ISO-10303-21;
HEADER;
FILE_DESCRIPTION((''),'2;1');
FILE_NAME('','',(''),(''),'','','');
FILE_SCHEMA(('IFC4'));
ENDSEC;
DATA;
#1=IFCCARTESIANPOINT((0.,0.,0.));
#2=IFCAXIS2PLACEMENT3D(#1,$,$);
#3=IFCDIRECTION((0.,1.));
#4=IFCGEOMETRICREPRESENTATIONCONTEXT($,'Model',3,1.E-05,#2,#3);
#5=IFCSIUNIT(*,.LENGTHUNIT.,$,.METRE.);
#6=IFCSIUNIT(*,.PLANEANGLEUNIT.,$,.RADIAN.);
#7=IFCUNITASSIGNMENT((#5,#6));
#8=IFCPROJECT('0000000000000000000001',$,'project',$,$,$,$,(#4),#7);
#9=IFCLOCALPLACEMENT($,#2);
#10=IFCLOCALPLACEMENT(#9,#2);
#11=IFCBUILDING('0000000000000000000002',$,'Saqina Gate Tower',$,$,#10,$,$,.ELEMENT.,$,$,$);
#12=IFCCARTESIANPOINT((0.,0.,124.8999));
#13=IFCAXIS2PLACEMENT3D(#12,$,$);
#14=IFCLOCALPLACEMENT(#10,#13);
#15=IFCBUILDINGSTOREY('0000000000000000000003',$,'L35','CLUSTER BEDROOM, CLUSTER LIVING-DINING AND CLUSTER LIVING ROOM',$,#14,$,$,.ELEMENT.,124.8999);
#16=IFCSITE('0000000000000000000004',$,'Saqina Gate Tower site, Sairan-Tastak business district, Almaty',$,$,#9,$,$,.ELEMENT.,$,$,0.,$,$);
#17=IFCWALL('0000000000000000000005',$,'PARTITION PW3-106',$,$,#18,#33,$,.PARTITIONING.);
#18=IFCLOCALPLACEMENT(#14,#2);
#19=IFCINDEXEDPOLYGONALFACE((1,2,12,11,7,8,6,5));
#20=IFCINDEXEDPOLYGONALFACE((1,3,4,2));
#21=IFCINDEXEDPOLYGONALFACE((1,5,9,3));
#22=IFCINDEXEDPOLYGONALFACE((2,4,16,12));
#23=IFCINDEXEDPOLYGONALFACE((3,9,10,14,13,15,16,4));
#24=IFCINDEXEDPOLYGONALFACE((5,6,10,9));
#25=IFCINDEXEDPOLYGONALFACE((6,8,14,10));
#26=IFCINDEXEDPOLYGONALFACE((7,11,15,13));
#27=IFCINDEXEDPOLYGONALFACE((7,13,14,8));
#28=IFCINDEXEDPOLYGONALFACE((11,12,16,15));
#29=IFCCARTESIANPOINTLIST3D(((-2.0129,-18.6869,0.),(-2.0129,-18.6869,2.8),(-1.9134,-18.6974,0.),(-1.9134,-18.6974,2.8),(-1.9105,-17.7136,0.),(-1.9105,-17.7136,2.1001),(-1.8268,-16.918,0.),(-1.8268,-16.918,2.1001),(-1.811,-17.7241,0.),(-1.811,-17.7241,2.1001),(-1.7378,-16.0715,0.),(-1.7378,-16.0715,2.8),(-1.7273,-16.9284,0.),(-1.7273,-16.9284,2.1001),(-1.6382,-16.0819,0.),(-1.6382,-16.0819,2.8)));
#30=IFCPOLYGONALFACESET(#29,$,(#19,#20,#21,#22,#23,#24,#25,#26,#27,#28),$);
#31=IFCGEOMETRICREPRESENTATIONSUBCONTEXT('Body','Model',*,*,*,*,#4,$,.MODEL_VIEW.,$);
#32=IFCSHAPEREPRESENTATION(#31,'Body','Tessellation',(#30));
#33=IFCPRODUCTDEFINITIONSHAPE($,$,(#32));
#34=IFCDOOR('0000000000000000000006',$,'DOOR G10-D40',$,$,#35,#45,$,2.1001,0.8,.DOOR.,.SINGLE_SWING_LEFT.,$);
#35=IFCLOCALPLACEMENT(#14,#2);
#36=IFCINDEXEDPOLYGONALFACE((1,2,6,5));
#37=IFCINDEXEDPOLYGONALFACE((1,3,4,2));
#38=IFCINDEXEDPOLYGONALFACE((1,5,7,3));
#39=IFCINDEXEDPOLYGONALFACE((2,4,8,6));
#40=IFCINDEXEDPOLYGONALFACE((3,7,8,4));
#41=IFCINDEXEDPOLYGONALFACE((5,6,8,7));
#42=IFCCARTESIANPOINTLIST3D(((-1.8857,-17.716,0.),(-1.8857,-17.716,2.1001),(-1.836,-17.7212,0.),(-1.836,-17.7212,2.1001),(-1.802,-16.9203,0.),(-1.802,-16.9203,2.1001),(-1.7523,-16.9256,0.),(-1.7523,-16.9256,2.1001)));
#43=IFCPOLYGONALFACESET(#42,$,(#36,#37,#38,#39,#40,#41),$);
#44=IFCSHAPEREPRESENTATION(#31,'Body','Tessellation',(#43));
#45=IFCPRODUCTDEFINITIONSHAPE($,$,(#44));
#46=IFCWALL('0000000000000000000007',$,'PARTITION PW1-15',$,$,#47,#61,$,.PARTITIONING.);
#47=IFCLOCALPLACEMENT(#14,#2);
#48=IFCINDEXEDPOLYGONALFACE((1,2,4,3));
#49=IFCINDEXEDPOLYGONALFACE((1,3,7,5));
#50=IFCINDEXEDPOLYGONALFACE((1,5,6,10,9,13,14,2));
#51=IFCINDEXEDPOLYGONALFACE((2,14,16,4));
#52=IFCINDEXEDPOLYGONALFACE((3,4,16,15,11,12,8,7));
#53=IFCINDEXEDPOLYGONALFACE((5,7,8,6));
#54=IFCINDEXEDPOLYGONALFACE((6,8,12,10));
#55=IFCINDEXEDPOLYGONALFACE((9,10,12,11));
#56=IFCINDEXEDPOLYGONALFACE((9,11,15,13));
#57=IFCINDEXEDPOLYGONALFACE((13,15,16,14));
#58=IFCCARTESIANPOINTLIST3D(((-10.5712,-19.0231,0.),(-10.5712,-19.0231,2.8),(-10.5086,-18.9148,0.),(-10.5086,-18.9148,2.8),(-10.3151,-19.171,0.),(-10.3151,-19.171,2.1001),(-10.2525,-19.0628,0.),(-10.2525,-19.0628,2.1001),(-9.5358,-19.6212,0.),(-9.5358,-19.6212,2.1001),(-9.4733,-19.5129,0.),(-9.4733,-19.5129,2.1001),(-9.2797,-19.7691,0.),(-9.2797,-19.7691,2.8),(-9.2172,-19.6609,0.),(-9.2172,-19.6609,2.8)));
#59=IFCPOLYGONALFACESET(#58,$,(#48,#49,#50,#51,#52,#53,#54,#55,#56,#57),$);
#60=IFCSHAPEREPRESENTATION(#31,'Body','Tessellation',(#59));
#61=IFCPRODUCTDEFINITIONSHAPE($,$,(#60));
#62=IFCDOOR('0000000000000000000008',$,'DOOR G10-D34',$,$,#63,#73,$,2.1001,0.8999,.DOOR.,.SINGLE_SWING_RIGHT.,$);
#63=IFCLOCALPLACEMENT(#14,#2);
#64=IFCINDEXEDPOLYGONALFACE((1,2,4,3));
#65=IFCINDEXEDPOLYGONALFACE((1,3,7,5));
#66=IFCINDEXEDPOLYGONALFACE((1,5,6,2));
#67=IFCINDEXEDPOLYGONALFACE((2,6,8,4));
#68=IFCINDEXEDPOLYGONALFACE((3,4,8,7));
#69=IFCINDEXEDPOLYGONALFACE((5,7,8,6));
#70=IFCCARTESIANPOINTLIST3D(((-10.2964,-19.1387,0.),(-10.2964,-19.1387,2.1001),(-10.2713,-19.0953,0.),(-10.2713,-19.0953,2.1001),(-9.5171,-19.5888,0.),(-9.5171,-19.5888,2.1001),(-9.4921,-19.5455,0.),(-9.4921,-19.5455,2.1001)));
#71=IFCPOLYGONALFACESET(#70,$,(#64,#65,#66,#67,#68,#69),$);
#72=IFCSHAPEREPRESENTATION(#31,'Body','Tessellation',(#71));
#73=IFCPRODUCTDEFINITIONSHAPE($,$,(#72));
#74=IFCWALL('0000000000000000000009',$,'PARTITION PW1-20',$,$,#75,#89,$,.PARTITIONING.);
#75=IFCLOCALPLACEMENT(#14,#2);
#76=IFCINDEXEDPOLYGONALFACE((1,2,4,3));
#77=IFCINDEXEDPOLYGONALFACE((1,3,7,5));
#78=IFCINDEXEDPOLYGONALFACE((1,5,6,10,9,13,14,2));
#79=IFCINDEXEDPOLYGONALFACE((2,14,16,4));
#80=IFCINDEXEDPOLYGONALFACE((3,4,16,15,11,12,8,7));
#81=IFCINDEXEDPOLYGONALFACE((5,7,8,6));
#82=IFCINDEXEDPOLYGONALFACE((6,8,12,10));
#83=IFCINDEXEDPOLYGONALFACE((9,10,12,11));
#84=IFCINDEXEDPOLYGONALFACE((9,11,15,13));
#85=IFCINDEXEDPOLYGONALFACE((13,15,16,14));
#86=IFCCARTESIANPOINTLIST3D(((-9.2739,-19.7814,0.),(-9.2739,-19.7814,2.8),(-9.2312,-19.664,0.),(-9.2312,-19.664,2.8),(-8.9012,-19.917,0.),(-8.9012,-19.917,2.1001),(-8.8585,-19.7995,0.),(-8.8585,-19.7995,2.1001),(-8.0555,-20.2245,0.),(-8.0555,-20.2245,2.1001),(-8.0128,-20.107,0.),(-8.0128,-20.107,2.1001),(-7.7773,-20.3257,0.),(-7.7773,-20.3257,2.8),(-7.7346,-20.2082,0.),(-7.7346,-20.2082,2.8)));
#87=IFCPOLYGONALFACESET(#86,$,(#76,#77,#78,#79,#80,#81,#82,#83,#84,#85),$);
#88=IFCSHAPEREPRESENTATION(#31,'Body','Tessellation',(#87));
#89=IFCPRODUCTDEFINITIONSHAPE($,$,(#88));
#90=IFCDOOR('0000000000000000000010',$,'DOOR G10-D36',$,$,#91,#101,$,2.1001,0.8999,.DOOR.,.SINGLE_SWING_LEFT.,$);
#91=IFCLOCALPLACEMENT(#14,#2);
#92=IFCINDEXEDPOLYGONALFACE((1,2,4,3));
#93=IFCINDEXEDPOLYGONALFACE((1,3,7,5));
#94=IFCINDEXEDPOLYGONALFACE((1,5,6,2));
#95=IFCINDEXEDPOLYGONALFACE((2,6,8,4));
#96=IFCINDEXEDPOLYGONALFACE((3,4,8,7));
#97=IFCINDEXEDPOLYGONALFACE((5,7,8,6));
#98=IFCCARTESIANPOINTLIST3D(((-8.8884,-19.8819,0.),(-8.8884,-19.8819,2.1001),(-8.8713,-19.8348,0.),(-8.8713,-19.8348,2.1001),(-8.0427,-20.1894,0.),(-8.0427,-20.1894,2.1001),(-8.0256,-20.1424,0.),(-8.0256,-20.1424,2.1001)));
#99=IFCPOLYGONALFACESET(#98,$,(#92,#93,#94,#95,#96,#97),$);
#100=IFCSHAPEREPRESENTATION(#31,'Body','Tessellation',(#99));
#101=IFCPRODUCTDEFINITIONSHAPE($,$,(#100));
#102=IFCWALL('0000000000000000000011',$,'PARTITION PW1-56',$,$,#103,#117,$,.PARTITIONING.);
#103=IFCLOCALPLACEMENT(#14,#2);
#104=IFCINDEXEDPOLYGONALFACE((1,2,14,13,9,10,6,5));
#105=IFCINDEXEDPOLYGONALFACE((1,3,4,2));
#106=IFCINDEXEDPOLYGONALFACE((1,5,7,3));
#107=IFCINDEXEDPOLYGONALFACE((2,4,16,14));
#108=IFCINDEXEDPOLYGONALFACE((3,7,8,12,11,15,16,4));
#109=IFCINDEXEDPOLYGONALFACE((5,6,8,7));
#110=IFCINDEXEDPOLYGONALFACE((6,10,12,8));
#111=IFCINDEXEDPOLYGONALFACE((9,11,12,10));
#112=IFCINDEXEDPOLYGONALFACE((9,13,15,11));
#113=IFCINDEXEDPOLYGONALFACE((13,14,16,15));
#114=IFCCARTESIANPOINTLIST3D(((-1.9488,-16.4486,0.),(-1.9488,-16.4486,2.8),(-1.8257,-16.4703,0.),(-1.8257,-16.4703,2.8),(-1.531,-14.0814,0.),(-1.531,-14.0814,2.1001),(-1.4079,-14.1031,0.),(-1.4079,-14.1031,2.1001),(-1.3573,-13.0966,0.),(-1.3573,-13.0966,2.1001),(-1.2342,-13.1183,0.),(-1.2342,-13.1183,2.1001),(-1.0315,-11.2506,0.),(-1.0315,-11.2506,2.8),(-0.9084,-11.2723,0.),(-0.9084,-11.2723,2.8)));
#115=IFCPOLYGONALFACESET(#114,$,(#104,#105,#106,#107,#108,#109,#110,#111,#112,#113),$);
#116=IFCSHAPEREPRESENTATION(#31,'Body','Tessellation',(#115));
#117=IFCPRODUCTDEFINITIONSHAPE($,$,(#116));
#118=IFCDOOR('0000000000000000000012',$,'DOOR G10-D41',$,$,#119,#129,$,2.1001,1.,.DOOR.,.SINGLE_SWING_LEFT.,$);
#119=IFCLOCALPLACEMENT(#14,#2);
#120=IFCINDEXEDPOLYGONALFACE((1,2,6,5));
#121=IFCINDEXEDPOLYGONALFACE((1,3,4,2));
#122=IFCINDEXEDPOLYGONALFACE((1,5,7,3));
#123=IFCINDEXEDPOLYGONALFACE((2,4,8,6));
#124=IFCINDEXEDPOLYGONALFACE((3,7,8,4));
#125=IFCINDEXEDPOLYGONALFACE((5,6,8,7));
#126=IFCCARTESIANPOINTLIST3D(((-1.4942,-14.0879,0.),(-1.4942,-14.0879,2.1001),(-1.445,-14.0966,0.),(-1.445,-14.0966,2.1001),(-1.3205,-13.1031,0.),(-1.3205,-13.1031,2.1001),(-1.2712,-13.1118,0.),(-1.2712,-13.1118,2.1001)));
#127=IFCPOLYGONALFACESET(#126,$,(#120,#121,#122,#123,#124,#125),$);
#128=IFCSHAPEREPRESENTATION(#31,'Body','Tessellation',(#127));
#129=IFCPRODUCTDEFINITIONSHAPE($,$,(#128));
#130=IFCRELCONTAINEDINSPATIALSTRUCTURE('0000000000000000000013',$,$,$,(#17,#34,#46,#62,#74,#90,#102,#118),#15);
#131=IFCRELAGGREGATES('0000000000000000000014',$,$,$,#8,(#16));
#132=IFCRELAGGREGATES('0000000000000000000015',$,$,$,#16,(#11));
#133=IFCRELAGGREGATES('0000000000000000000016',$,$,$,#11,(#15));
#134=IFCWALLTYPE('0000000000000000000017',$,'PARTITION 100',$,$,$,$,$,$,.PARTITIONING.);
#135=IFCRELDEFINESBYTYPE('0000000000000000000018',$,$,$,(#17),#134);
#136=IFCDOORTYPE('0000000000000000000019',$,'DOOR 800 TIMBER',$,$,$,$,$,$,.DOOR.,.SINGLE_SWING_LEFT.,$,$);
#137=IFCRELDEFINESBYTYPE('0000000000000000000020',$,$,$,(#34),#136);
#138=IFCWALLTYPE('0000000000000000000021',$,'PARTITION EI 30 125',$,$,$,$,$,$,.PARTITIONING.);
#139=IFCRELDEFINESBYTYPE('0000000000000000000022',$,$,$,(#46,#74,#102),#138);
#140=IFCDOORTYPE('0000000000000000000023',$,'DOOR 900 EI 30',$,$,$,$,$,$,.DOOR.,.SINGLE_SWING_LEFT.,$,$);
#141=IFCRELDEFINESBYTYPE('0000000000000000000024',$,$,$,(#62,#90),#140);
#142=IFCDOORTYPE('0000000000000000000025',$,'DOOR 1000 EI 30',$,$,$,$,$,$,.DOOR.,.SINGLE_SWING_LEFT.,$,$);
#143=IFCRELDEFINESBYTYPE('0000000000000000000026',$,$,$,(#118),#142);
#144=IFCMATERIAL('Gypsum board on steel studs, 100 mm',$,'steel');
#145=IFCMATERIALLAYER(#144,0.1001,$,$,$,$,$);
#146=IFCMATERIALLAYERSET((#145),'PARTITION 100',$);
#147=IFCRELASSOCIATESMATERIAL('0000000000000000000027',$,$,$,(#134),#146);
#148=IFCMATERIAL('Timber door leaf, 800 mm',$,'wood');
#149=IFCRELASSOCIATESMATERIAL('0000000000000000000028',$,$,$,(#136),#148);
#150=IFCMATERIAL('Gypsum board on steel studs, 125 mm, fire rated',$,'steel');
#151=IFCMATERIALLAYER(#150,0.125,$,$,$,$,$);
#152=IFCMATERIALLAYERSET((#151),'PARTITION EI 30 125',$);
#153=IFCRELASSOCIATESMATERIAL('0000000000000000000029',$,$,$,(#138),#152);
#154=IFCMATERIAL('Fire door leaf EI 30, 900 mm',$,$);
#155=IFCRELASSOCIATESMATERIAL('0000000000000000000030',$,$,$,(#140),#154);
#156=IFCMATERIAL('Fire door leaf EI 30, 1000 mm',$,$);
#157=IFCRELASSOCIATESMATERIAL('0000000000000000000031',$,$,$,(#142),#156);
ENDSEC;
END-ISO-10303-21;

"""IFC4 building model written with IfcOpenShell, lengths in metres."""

from ifc_helpers import new_model, si_unit, direction, frame, frame_2d, origin, place, context, subcontext, project, spatial, rectangle, extrude, material, layer, layer_set, type_object, element, fill, save


model = new_model("IFC4")

# Units and contexts
model_context = context("Model", 3, precision=1e-05, world=origin(), true_north=direction((0.0, 1.0)))
body_context = subcontext(model_context, "Body", "Model", "MODEL_VIEW")
ifc_project = project(units=[si_unit("LENGTHUNIT", "METRE"), si_unit("PLANEANGLEUNIT", "RADIAN")], contexts=[model_context])

# Site, building, storey
site_placement = place(None, origin())
site = spatial("IfcSite", under=ifc_project, at=site_placement, Name="Saqina Gate Tower site, Sairan-Tastak business district, Almaty", CompositionType="ELEMENT", RefElevation=0.0)
building_placement = place(site_placement, origin())
building = spatial("IfcBuilding", under=site, at=building_placement, Name="Saqina Gate Tower", CompositionType="ELEMENT")
storey_placement = place(building_placement, frame((0.0, 0.0, 124.8999)))
storey = spatial("IfcBuildingStorey", under=building, at=storey_placement, Name="L35", Description="CLUSTER BEDROOM, CLUSTER LIVING-DINING AND CLUSTER LIVING ROOM", CompositionType="ELEMENT", Elevation=124.8999)

# Shared definitions
ifc_material_1 = material(Name="Gypsum board on steel studs, 100 mm", Category="steel")
ifc_layer_1 = layer(ifc_material_1, 0.1001)
ifc_layer_set_1 = layer_set([ifc_layer_1], Name="PARTITION 100")
wall_type_1 = type_object("IfcWallType", Name="PARTITION 100", PredefinedType="PARTITIONING", material=ifc_layer_set_1)

# Walls, openings, doors
wall_1_placement = place(storey_placement, frame((-1.9631, -18.6921, 0.0), z_axis=(0.0, 0.0, 1.0), x_axis=(0.104622, 0.994512, 0.0)))
wall_1 = element("IfcWall", 1, at=wall_1_placement, inside=storey, type_object=wall_type_1, Name="PARTITION PW3-106", PredefinedType="PARTITIONING", context=body_context, shape_type="SweptSolid", body=[
    extrude(rectangle(XDim=2.6299, YDim=0.1001, at=frame_2d((1.3149, 0.0))), origin(), (0.0, 0.0, 1.0), 2.8),
])
opening_1_placement = place(wall_1_placement, frame((0.9788, 0.0, 0.0)))
opening_1 = element("IfcOpeningElement", 2, at=opening_1_placement, cuts=wall_1, PredefinedType="OPENING", context=body_context, shape_type="SweptSolid", body=[
    extrude(rectangle(XDim=0.8, YDim=2.1001, at=frame_2d((0.3999, 1.05))), frame((0.0, 0.062, 0.0), z_axis=(0.0, -1.0, 0.0), x_axis=(1.0, 0.0, 0.0)), (0.0, 0.0, 1.0), 0.124),
])
ifc_material_2 = material(Name="Timber door leaf, 800 mm", Category="wood")
door_type_1 = type_object("IfcDoorType", Name="DOOR 800 TIMBER", OperationType="SINGLE_SWING_LEFT", PredefinedType="DOOR", material=ifc_material_2)
door_1_placement = place(opening_1_placement, frame((0.8, 0.0, 0.0), z_axis=(0.0, 0.0, 1.0), x_axis=(-1.0, 0.0, 0.0)))
door_1 = element("IfcDoor", 3, at=door_1_placement, inside=storey, type_object=door_type_1, Name="DOOR G10-D40", OperationType="SINGLE_SWING_LEFT", OverallHeight=2.1001, OverallWidth=0.8, PredefinedType="DOOR", context=body_context, shape_type="SweptSolid", body=[
    extrude(rectangle(XDim=0.8, YDim=2.1001, at=frame_2d((0.3999, 1.05))), frame((0.0, 0.0249, 0.0), z_axis=(0.0, -1.0, 0.0), x_axis=(1.0, 0.0, 0.0)), (0.0, 0.0, 1.0), 0.05),
])
fill(opening_1, door_1)
ifc_material_3 = material(Name="Gypsum board on steel studs, 125 mm, fire rated", Category="steel")
ifc_layer_2 = layer(ifc_material_3, 0.125)
ifc_layer_set_2 = layer_set([ifc_layer_2], Name="PARTITION EI 30 125")
wall_type_2 = type_object("IfcWallType", Name="PARTITION EI 30 125", PredefinedType="PARTITIONING", material=ifc_layer_set_2)
wall_2_placement = place(storey_placement, frame((-10.5398, -18.969, 0.0), z_axis=(0.0, 0.0, 1.0), x_axis=(0.865897, -0.500223, 0.0)))
wall_2 = element("IfcWall", 4, at=wall_2_placement, inside=storey, type_object=wall_type_2, Name="PARTITION PW1-15", PredefinedType="PARTITIONING", context=body_context, shape_type="SweptSolid", body=[
    extrude(rectangle(XDim=1.4915, YDim=0.125, at=frame_2d((0.7456, 0.0))), origin(), (0.0, 0.0, 1.0), 2.8),
])
opening_2_placement = place(wall_2_placement, frame((0.2957, 0.0, 0.0)))
opening_2 = element("IfcOpeningElement", 5, at=opening_2_placement, cuts=wall_2, PredefinedType="OPENING", context=body_context, shape_type="SweptSolid", body=[
    extrude(rectangle(XDim=0.8999, YDim=2.1001, at=frame_2d((0.45, 1.05))), frame((0.0, 0.0745, 0.0), z_axis=(0.0, -1.0, 0.0), x_axis=(1.0, 0.0, 0.0)), (0.0, 0.0, 1.0), 0.1489),
])
ifc_material_4 = material(Name="Fire door leaf EI 30, 900 mm")
door_type_2 = type_object("IfcDoorType", Name="DOOR 900 EI 30", OperationType="SINGLE_SWING_LEFT", PredefinedType="DOOR", material=ifc_material_4)
door_2_placement = place(opening_2_placement, origin())
door_2 = element("IfcDoor", 6, at=door_2_placement, inside=storey, type_object=door_type_2, Name="DOOR G10-D34", OperationType="SINGLE_SWING_RIGHT", OverallHeight=2.1001, OverallWidth=0.8999, PredefinedType="DOOR", context=body_context, shape_type="SweptSolid", body=[
    extrude(rectangle(XDim=0.8999, YDim=2.1001, at=frame_2d((0.45, 1.05))), frame((0.0, 0.0249, 0.0), z_axis=(0.0, -1.0, 0.0), x_axis=(1.0, 0.0, 0.0)), (0.0, 0.0, 1.0), 0.05),
])
fill(opening_2, door_2)
wall_3_placement = place(storey_placement, frame((-9.2527, -19.7227, 0.0), z_axis=(0.0, 0.0, 1.0), x_axis=(0.939798, -0.341731, 0.0)))
wall_3 = element("IfcWall", 7, at=wall_3_placement, inside=storey, type_object=wall_type_2, Name="PARTITION PW1-20", PredefinedType="PARTITIONING", context=body_context, shape_type="SweptSolid", body=[
    extrude(rectangle(XDim=1.5925, YDim=0.125, at=frame_2d((0.7964, 0.0))), origin(), (0.0, 0.0, 1.0), 2.8),
])
opening_3_placement = place(wall_3_placement, frame((0.3967, 0.0, 0.0)))
opening_3 = element("IfcOpeningElement", 8, at=opening_3_placement, cuts=wall_3, PredefinedType="OPENING", context=body_context, shape_type="SweptSolid", body=[
    extrude(rectangle(XDim=0.8999, YDim=2.1001, at=frame_2d((0.45, 1.05))), frame((0.0, 0.0745, 0.0), z_axis=(0.0, -1.0, 0.0), x_axis=(1.0, 0.0, 0.0)), (0.0, 0.0, 1.0), 0.1489),
])
door_3_placement = place(opening_3_placement, origin())
door_3 = element("IfcDoor", 9, at=door_3_placement, inside=storey, type_object=door_type_2, Name="DOOR G10-D36", OperationType="SINGLE_SWING_LEFT", OverallHeight=2.1001, OverallWidth=0.8999, PredefinedType="DOOR", context=body_context, shape_type="SweptSolid", body=[
    extrude(rectangle(XDim=0.8999, YDim=2.1001, at=frame_2d((0.45, 1.05))), frame((0.0, 0.0249, 0.0), z_axis=(0.0, -1.0, 0.0), x_axis=(1.0, 0.0, 0.0)), (0.0, 0.0, 1.0), 0.05),
])
fill(opening_3, door_3)
wall_4_placement = place(storey_placement, frame((-1.8872, -16.4595, 0.0), z_axis=(0.0, 0.0, 1.0), x_axis=(0.173775, 0.984785, 0.0)))
wall_4 = element("IfcWall", 10, at=wall_4_placement, inside=storey, type_object=wall_type_2, Name="PARTITION PW1-56", PredefinedType="PARTITIONING", context=body_context, shape_type="SweptSolid", body=[
    extrude(rectangle(XDim=5.2783, YDim=0.125, at=frame_2d((2.6392, 0.0))), origin(), (0.0, 0.0, 1.0), 2.8),
])
opening_4_placement = place(wall_4_placement, frame((2.4038, 0.0, 0.0)))
opening_4 = element("IfcOpeningElement", 11, at=opening_4_placement, cuts=wall_4, PredefinedType="OPENING", context=body_context, shape_type="SweptSolid", body=[
    extrude(rectangle(XDim=1.0, YDim=2.1001, at=frame_2d((0.5, 1.05))), frame((0.0, 0.0745, 0.0), z_axis=(0.0, -1.0, 0.0), x_axis=(1.0, 0.0, 0.0)), (0.0, 0.0, 1.0), 0.1489),
])
ifc_material_5 = material(Name="Fire door leaf EI 30, 1000 mm")
door_type_3 = type_object("IfcDoorType", Name="DOOR 1000 EI 30", OperationType="SINGLE_SWING_LEFT", PredefinedType="DOOR", material=ifc_material_5)
door_4_placement = place(opening_4_placement, frame((1.0, 0.0, 0.0), z_axis=(0.0, 0.0, 1.0), x_axis=(-1.0, 0.0, 0.0)))
door_4 = element("IfcDoor", 12, at=door_4_placement, inside=storey, type_object=door_type_3, Name="DOOR G10-D41", OperationType="SINGLE_SWING_LEFT", OverallHeight=2.1001, OverallWidth=1.0, PredefinedType="DOOR", context=body_context, shape_type="SweptSolid", body=[
    extrude(rectangle(XDim=1.0, YDim=2.1001, at=frame_2d((0.5, 1.05))), frame((0.0, 0.0249, 0.0), z_axis=(0.0, -1.0, 0.0), x_axis=(1.0, 0.0, 0.0)), (0.0, 0.0, 1.0), 0.05),
])
fill(opening_4, door_4)

save(model, "model.ifc")
